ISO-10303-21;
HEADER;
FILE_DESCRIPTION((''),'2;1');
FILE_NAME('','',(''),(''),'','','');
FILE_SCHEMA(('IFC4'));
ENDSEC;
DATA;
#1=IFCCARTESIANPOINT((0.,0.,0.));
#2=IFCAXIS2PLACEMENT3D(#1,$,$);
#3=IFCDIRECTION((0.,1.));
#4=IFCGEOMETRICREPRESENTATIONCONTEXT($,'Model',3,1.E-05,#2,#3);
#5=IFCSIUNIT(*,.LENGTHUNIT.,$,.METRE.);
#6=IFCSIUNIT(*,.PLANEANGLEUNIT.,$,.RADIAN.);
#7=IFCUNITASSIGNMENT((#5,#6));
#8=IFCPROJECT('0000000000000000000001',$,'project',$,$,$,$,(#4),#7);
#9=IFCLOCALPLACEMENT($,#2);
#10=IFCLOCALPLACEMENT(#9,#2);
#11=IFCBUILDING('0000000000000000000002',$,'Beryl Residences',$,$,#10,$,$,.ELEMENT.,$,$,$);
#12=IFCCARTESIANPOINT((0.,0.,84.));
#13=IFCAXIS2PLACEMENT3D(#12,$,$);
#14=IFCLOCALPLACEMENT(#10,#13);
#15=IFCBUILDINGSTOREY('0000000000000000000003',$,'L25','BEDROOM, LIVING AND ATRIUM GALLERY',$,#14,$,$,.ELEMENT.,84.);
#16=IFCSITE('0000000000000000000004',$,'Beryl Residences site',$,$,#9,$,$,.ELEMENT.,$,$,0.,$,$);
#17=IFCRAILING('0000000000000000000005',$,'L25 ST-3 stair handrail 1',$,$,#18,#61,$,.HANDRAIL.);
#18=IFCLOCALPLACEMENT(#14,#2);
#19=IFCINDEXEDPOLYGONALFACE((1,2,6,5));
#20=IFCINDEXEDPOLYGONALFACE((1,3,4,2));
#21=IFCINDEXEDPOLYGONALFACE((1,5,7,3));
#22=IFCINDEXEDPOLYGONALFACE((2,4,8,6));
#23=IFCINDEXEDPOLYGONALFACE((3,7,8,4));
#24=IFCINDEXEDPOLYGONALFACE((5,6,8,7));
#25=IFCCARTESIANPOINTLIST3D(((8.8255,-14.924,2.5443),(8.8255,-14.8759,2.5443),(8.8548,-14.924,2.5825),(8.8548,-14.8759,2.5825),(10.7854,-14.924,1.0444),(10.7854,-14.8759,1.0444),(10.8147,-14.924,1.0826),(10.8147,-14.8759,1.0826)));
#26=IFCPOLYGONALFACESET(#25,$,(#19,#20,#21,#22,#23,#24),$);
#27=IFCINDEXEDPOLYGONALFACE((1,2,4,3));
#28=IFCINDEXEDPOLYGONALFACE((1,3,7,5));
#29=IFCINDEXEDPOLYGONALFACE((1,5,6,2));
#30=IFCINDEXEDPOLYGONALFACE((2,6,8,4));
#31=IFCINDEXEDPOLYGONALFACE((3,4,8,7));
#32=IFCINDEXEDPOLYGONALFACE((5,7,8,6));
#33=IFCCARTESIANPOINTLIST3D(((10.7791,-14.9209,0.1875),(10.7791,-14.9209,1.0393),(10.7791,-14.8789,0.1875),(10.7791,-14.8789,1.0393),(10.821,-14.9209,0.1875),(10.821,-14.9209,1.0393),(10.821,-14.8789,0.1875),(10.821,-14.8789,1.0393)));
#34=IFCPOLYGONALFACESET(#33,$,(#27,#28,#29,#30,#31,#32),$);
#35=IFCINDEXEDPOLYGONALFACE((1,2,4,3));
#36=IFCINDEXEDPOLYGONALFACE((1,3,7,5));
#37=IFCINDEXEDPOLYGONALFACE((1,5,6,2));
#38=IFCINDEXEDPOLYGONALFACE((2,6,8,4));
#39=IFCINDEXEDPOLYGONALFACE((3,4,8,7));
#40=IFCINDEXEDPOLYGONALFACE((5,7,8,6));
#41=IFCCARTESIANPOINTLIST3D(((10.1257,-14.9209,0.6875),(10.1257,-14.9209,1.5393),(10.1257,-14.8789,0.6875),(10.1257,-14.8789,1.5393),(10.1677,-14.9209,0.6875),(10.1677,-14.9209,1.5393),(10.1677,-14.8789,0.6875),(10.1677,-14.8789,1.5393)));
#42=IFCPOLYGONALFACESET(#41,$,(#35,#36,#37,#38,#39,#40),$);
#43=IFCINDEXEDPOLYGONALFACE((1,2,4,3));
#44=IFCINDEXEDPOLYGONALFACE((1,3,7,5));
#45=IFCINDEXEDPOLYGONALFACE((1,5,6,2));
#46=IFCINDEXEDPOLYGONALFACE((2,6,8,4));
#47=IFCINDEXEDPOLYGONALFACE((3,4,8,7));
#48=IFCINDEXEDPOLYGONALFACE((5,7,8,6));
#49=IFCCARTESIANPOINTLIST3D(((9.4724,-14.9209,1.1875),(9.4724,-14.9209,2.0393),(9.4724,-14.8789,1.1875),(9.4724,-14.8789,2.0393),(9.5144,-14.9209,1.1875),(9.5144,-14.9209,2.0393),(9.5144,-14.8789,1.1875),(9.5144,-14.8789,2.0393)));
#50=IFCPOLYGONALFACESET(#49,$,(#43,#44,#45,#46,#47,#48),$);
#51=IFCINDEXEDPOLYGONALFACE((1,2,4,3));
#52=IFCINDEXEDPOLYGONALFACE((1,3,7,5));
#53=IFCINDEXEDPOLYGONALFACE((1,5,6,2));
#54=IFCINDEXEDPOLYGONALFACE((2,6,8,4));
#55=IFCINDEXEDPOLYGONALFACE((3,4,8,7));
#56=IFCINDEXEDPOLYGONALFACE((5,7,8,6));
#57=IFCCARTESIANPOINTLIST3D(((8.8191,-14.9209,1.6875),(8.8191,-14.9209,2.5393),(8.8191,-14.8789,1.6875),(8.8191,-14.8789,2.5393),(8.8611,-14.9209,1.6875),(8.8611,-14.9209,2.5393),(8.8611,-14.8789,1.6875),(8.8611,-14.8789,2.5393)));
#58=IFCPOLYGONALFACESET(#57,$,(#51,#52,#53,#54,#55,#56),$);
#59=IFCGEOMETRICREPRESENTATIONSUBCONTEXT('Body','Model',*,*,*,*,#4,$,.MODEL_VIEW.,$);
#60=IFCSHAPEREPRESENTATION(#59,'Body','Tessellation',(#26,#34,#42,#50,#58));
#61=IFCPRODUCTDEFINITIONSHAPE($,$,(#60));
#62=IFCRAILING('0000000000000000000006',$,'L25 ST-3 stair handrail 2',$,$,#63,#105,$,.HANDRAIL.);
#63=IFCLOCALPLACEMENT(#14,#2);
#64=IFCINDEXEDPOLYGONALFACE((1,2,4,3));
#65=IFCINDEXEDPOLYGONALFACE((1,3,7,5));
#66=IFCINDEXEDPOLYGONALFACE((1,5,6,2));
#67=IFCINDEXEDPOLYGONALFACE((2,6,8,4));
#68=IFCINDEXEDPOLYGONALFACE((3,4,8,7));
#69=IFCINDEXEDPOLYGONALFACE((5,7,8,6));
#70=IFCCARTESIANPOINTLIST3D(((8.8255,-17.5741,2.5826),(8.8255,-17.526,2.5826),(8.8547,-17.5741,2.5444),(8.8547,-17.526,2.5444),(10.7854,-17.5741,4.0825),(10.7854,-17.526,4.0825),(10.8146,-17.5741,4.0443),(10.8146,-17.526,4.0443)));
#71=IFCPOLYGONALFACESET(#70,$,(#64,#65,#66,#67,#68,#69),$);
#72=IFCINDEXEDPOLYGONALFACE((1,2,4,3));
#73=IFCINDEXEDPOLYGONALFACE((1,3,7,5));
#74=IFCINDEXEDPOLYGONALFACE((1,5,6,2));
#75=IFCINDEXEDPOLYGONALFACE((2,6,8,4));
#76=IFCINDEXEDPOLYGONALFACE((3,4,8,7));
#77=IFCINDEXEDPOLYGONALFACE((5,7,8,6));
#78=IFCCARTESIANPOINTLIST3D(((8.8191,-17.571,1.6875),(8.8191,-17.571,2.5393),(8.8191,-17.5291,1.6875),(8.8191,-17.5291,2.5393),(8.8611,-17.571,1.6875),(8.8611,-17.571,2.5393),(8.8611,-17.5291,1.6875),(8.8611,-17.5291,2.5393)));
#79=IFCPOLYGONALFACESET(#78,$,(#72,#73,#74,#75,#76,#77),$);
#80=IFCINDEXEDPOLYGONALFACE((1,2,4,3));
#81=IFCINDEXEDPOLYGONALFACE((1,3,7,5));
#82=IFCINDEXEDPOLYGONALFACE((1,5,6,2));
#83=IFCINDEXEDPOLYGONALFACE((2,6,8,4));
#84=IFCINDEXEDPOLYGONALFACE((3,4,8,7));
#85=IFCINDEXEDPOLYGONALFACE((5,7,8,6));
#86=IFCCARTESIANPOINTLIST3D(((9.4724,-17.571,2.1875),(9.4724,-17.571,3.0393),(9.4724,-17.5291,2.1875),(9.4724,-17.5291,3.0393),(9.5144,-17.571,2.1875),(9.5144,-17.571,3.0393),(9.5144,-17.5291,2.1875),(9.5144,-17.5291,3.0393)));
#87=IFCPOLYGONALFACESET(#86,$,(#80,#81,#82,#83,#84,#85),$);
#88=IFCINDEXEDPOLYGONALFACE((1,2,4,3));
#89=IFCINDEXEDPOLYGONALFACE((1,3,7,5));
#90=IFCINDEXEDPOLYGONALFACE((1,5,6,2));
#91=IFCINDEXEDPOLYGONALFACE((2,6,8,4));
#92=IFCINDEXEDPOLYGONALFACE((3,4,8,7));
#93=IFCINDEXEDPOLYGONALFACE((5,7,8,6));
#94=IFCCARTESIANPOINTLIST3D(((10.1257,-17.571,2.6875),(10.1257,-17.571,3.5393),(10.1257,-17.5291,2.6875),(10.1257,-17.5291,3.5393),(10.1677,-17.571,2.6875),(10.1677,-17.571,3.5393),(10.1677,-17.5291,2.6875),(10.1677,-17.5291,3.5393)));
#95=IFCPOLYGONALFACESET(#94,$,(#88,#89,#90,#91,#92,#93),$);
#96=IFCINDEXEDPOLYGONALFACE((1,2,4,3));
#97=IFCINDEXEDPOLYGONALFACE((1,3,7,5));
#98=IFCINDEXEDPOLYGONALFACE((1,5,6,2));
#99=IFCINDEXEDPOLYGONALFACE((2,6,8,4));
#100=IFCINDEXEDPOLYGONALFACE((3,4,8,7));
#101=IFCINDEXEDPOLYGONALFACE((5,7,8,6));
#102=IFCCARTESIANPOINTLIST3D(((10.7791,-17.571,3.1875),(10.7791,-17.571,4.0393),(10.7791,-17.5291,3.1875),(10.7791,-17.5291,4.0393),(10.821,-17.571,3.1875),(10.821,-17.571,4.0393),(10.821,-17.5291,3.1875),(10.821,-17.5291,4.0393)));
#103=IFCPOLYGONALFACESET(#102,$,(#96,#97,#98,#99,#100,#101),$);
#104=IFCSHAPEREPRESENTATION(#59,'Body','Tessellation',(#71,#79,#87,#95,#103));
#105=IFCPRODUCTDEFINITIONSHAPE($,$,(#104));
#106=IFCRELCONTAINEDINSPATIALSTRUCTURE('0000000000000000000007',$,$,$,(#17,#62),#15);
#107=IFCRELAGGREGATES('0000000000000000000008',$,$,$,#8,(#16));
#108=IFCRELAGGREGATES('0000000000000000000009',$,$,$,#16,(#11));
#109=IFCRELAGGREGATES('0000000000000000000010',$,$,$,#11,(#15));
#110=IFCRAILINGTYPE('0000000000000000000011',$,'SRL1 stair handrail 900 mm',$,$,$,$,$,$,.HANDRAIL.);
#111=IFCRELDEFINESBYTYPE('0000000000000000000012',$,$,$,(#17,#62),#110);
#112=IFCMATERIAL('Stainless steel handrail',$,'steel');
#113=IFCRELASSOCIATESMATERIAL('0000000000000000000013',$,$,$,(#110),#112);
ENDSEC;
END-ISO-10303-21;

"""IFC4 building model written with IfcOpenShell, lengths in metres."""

from ifc_helpers import new_model, si_unit, direction, frame, origin, origin_2d, place, context, subcontext, project, spatial, rectangle, extrude, material, type_object, element, save


model = new_model("IFC4")

# Units and contexts
model_context = context("Model", 3, precision=1e-05, world=origin(), true_north=direction((0.0, 1.0)))
body_context = subcontext(model_context, "Body", "Model", "MODEL_VIEW")
ifc_project = project(units=[si_unit("LENGTHUNIT", "METRE"), si_unit("PLANEANGLEUNIT", "RADIAN")], contexts=[model_context])

# Site, building, storey
site_placement = place(None, origin())
site = spatial("IfcSite", under=ifc_project, at=site_placement, Name="Beryl Residences site", CompositionType="ELEMENT", RefElevation=0.0)
building_placement = place(site_placement, origin())
building = spatial("IfcBuilding", under=site, at=building_placement, Name="Beryl Residences", CompositionType="ELEMENT")
storey_placement = place(building_placement, frame((0.0, 0.0, 84.0)))
storey = spatial("IfcBuildingStorey", under=building, at=storey_placement, Name="L25", Description="BEDROOM, LIVING AND ATRIUM GALLERY", CompositionType="ELEMENT", Elevation=84.0)

# Railings
ifc_material_1 = material(Name="Stainless steel handrail", Category="steel")
railing_type_1 = type_object("IfcRailingType", Name="SRL1 stair handrail 900 mm", PredefinedType="HANDRAIL", material=ifc_material_1)
railing_1_placement = place(storey_placement, frame((10.8, -14.8999, 0.1875)))
element("IfcRailing", 1, at=railing_1_placement, inside=storey, type_object=railing_type_1, Name="L25 ST-3 stair handrail 1", PredefinedType="HANDRAIL", context=body_context, shape_type="SweptSolid", body=[
    extrude(rectangle(XDim=0.0481, YDim=0.0481, at=origin_2d()), frame((0.0, 0.0, 0.876), z_axis=(-0.794122, 0.0, 0.607758), x_axis=(0.0, -1.0, 0.0)), (0.0, 0.0, 1.0), 2.468),
    extrude(rectangle(XDim=0.042, YDim=0.042, at=origin_2d()), origin(), (0.0, 0.0, 1.0), 0.8518),
    extrude(rectangle(XDim=0.042, YDim=0.042, at=origin_2d()), frame((-0.6533, 0.0, 0.5)), (0.0, 0.0, 1.0), 0.8518),
    extrude(rectangle(XDim=0.042, YDim=0.042, at=origin_2d()), frame((-1.3066, 0.0, 1.0)), (0.0, 0.0, 1.0), 0.8518),
    extrude(rectangle(XDim=0.042, YDim=0.042, at=origin_2d()), frame((-1.96, 0.0, 1.5)), (0.0, 0.0, 1.0), 0.8518),
])
railing_2_placement = place(storey_placement, frame((8.8401, -17.55, 1.6875)))
element("IfcRailing", 2, at=railing_2_placement, inside=storey, type_object=railing_type_1, Name="L25 ST-3 stair handrail 2", PredefinedType="HANDRAIL", context=body_context, shape_type="SweptSolid", body=[
    extrude(rectangle(XDim=0.0481, YDim=0.0481, at=origin_2d()), frame((0.0, 0.0, 0.876), z_axis=(0.794122, 0.0, 0.607758), x_axis=(0.0, 1.0, 0.0)), (0.0, 0.0, 1.0), 2.468),
    extrude(rectangle(XDim=0.042, YDim=0.042, at=origin_2d()), origin(), (0.0, 0.0, 1.0), 0.8518),
    extrude(rectangle(XDim=0.042, YDim=0.042, at=origin_2d()), frame((0.6533, 0.0, 0.5)), (0.0, 0.0, 1.0), 0.8518),
    extrude(rectangle(XDim=0.042, YDim=0.042, at=origin_2d()), frame((1.3066, 0.0, 1.0)), (0.0, 0.0, 1.0), 0.8518),
    extrude(rectangle(XDim=0.042, YDim=0.042, at=origin_2d()), frame((1.96, 0.0, 1.5)), (0.0, 0.0, 1.0), 0.8518),
])

save(model, "model.ifc")
